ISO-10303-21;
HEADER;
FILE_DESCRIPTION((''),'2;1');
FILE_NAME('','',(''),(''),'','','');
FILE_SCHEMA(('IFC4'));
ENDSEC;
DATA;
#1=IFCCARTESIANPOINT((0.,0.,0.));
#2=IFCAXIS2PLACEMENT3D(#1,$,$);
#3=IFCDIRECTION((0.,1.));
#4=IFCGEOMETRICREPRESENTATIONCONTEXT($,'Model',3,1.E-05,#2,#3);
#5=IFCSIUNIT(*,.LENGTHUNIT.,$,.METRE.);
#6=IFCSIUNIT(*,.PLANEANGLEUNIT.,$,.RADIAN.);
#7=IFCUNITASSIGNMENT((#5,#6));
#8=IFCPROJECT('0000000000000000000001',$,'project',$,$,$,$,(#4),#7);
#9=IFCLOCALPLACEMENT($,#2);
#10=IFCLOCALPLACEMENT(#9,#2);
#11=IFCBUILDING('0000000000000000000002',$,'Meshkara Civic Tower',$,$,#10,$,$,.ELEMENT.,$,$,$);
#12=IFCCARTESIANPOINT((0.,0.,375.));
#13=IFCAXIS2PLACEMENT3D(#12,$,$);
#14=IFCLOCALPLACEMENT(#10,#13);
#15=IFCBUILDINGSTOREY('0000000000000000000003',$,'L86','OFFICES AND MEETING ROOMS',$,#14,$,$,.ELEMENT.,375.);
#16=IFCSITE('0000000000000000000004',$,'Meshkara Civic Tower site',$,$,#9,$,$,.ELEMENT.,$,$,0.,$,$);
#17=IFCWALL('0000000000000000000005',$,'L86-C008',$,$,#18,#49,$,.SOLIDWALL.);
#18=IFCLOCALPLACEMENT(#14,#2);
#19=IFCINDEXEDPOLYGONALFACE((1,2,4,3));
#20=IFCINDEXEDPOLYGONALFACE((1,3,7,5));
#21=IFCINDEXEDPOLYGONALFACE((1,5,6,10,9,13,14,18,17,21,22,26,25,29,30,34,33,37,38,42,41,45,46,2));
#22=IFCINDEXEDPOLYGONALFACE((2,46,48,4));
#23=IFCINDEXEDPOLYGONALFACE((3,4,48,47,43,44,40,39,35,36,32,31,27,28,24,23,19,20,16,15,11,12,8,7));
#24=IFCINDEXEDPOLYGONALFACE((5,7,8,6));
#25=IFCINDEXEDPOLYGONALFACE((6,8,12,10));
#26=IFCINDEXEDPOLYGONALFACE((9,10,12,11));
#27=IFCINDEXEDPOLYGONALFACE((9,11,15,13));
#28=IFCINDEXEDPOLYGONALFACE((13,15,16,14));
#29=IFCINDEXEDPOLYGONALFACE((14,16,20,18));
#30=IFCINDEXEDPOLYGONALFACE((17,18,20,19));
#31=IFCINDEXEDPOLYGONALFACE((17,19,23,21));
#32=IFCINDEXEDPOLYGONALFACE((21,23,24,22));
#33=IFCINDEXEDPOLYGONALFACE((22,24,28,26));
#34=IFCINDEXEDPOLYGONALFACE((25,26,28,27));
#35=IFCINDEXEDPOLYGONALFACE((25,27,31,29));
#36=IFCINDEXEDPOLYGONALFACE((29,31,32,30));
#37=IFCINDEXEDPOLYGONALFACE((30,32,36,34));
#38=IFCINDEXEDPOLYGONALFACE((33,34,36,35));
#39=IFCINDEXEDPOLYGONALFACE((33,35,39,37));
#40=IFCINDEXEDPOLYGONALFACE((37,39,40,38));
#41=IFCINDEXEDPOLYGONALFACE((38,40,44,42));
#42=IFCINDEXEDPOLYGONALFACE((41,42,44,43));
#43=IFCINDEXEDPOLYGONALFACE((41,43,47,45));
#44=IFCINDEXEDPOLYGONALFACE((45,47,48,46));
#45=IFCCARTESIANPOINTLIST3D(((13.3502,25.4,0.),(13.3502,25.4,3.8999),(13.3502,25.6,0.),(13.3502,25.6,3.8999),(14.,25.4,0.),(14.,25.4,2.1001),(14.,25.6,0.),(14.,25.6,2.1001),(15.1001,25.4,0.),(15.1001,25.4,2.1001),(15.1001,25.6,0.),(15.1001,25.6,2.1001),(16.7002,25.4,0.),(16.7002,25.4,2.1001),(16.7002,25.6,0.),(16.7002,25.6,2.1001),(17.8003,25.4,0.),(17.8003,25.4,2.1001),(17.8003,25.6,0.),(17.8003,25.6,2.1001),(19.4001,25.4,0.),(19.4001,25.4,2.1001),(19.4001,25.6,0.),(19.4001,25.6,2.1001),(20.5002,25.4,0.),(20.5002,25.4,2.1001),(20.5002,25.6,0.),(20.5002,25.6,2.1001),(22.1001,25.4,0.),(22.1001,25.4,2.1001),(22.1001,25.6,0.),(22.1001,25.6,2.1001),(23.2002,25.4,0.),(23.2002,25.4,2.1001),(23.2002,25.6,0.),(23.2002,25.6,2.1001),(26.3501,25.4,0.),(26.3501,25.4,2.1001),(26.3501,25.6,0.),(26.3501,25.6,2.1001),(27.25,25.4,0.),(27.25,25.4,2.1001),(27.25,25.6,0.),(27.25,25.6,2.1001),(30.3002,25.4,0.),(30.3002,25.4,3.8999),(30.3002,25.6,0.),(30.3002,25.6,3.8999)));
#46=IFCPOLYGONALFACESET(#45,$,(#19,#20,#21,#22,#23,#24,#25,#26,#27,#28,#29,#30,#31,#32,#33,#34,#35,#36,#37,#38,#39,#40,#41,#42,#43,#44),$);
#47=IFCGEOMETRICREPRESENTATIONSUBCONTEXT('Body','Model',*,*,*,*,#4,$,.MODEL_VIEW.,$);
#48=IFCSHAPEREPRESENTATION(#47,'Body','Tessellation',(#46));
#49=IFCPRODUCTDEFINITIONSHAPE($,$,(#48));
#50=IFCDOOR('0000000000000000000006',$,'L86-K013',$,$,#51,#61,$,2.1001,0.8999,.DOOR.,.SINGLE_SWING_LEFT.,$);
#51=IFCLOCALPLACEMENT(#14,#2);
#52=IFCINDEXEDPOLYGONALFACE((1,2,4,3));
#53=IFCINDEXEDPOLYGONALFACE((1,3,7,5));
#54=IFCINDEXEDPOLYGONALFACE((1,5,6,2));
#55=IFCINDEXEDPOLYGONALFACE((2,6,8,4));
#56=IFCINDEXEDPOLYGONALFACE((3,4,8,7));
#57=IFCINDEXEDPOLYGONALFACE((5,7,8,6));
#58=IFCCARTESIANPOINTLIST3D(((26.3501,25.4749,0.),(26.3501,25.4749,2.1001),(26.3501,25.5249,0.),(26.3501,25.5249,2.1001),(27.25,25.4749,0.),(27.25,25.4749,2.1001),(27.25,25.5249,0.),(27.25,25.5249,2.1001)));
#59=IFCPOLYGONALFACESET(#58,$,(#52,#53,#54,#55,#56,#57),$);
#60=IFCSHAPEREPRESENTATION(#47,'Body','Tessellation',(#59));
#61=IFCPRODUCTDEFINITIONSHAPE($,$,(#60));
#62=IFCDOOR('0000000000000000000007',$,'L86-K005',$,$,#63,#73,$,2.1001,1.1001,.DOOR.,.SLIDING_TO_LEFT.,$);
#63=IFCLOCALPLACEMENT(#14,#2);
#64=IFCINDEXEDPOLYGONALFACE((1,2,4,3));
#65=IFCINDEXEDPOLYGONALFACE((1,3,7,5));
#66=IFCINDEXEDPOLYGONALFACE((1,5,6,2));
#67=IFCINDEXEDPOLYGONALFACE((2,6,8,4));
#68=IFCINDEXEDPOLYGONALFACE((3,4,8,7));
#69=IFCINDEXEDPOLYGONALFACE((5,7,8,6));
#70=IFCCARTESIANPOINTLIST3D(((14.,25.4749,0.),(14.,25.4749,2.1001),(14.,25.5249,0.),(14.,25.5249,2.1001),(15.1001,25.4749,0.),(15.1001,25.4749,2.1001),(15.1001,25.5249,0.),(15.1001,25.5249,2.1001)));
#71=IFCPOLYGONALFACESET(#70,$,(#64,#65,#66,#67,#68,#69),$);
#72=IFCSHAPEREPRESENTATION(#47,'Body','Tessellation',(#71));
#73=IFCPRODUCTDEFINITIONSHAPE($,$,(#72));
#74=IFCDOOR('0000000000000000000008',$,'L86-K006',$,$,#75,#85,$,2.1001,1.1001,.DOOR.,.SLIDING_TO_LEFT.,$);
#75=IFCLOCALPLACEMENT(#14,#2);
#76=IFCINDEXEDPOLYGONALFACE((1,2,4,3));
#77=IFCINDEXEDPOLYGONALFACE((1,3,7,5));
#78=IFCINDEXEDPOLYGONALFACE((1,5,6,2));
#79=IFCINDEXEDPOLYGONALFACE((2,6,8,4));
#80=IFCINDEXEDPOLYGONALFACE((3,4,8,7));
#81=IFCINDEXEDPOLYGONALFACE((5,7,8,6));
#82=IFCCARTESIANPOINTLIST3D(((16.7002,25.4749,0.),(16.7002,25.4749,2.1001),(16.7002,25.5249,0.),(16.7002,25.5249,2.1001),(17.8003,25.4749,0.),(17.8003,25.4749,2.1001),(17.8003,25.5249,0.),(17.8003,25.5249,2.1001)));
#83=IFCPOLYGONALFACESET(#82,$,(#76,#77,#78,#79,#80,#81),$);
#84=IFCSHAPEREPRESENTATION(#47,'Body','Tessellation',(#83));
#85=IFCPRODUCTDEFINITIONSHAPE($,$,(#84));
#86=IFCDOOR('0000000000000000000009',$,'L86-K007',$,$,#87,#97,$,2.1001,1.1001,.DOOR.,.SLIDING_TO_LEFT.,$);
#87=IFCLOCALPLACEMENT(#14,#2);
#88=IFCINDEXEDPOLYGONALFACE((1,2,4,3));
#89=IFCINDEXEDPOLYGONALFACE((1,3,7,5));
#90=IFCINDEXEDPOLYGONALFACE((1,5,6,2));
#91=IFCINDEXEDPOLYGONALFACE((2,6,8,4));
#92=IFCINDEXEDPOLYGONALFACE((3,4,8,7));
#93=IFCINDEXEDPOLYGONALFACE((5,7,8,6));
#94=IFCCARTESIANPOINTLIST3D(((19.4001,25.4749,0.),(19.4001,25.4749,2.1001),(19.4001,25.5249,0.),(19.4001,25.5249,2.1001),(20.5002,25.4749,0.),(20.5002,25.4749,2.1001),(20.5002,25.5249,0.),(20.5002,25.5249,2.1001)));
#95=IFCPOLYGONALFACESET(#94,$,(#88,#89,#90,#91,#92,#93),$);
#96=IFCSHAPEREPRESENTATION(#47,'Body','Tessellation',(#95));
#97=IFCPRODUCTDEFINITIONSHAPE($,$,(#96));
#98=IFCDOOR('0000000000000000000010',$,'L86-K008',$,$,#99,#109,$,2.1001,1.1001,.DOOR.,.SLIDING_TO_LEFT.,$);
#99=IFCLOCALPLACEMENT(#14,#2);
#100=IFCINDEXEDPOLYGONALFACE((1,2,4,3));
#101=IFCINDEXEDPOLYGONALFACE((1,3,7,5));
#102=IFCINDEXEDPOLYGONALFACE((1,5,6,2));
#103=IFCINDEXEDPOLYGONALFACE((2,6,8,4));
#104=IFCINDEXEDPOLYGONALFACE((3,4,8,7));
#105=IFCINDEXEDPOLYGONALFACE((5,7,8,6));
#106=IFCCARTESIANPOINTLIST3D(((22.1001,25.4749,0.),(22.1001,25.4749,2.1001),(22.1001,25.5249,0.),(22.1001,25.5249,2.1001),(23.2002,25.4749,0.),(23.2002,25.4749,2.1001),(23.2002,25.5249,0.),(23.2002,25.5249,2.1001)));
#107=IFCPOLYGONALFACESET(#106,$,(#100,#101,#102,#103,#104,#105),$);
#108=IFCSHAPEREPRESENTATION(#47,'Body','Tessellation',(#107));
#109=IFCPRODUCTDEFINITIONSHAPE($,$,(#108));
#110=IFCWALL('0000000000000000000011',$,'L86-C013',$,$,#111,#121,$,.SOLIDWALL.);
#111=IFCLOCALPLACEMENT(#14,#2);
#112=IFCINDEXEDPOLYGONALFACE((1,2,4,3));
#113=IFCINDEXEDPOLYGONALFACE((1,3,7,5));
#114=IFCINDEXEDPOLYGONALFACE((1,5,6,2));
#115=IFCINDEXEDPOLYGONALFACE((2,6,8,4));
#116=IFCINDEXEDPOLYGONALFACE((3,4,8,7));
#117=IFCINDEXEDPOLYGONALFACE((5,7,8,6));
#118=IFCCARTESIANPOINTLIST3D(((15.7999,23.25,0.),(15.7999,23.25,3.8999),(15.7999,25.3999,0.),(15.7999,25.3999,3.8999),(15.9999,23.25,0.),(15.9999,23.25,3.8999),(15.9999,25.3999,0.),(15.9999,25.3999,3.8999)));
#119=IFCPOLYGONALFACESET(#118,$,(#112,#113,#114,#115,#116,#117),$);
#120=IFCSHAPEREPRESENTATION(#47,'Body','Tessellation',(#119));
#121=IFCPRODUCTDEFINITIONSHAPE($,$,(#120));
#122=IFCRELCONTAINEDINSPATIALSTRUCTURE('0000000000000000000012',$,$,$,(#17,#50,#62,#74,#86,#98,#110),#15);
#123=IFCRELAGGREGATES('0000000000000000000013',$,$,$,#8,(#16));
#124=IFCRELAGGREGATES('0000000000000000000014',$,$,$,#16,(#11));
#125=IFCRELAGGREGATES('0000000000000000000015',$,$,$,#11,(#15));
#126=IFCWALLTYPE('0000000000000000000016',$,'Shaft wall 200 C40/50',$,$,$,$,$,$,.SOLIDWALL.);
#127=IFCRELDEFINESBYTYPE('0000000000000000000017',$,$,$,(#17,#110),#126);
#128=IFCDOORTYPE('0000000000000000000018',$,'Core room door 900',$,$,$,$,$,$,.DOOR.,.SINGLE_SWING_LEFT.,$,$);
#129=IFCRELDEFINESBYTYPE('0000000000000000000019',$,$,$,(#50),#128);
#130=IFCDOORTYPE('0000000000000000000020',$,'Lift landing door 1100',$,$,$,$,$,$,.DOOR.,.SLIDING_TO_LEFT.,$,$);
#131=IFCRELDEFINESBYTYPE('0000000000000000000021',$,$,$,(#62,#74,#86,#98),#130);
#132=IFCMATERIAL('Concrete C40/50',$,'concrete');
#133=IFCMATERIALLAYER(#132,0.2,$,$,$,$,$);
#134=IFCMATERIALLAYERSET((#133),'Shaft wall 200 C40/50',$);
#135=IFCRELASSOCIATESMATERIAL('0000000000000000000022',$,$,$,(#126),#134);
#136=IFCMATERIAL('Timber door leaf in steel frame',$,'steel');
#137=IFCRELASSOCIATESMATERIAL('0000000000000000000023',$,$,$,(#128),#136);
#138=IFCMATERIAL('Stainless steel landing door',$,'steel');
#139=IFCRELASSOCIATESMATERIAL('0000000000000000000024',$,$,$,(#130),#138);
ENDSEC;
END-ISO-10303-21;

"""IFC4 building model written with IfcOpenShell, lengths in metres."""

from ifc_helpers import new_model, si_unit, direction, frame, frame_2d, origin, place, context, subcontext, project, spatial, rectangle, extrude, material, layer, layer_set, type_object, element, fill, save


model = new_model("IFC4")

# Units and contexts
model_context = context("Model", 3, precision=1e-05, world=origin(), true_north=direction((0.0, 1.0)))
body_context = subcontext(model_context, "Body", "Model", "MODEL_VIEW")
ifc_project = project(units=[si_unit("LENGTHUNIT", "METRE"), si_unit("PLANEANGLEUNIT", "RADIAN")], contexts=[model_context])

# Site, building, storey
site_placement = place(None, origin())
site = spatial("IfcSite", under=ifc_project, at=site_placement, Name="Meshkara Civic Tower site", CompositionType="ELEMENT", RefElevation=0.0)
building_placement = place(site_placement, origin())
building = spatial("IfcBuilding", under=site, at=building_placement, Name="Meshkara Civic Tower", CompositionType="ELEMENT")
storey_placement = place(building_placement, frame((0.0, 0.0, 375.0)))
storey = spatial("IfcBuildingStorey", under=building, at=storey_placement, Name="L86", Description="OFFICES AND MEETING ROOMS", CompositionType="ELEMENT", Elevation=375.0)

# Wall, openings, doors
ifc_material_1 = material(Name="Concrete C40/50", Category="concrete")
ifc_layer_1 = layer(ifc_material_1, 0.2)
ifc_layer_set_1 = layer_set([ifc_layer_1], Name="Shaft wall 200 C40/50")
wall_type_1 = type_object("IfcWallType", Name="Shaft wall 200 C40/50", PredefinedType="SOLIDWALL", material=ifc_layer_set_1)
wall_1_placement = place(storey_placement, frame((13.3501, 25.5, 0.0), z_axis=(0.0, 0.0, 1.0), x_axis=(1.0, 0.0, 0.0)))
wall_1 = element("IfcWall", 1, at=wall_1_placement, inside=storey, type_object=wall_type_1, Name="L86-C008", PredefinedType="SOLIDWALL", context=body_context, shape_type="SweptSolid", body=[
    extrude(rectangle(XDim=16.95, YDim=0.2, at=frame_2d((8.4751, 0.0))), origin(), (0.0, 0.0, 1.0), 3.8999),
])
opening_1_placement = place(wall_1_placement, frame((0.6499, 0.0, 0.0)))
opening_1 = element("IfcOpeningElement", 2, at=opening_1_placement, cuts=wall_1, PredefinedType="OPENING", context=body_context, shape_type="SweptSolid", body=[
    extrude(rectangle(XDim=1.1001, YDim=2.1001, at=frame_2d((0.55, 1.05))), frame((0.0, 0.1099, 0.0), z_axis=(0.0, -1.0, 0.0), x_axis=(1.0, 0.0, 0.0)), (0.0, 0.0, 1.0), 0.22),
])
opening_2_placement = place(wall_1_placement, frame((3.3501, 0.0, 0.0)))
opening_2 = element("IfcOpeningElement", 3, at=opening_2_placement, cuts=wall_1, PredefinedType="OPENING", context=body_context, shape_type="SweptSolid", body=[
    extrude(rectangle(XDim=1.1001, YDim=2.1001, at=frame_2d((0.55, 1.05))), frame((0.0, 0.1099, 0.0), z_axis=(0.0, -1.0, 0.0), x_axis=(1.0, 0.0, 0.0)), (0.0, 0.0, 1.0), 0.22),
])
opening_3_placement = place(wall_1_placement, frame((6.05, 0.0, 0.0)))
opening_3 = element("IfcOpeningElement", 4, at=opening_3_placement, cuts=wall_1, PredefinedType="OPENING", context=body_context, shape_type="SweptSolid", body=[
    extrude(rectangle(XDim=1.1001, YDim=2.1001, at=frame_2d((0.55, 1.05))), frame((0.0, 0.1099, 0.0), z_axis=(0.0, -1.0, 0.0), x_axis=(1.0, 0.0, 0.0)), (0.0, 0.0, 1.0), 0.22),
])
opening_4_placement = place(wall_1_placement, frame((8.75, 0.0, 0.0)))
opening_4 = element("IfcOpeningElement", 5, at=opening_4_placement, cuts=wall_1, PredefinedType="OPENING", context=body_context, shape_type="SweptSolid", body=[
    extrude(rectangle(XDim=1.1001, YDim=2.1001, at=frame_2d((0.55, 1.05))), frame((0.0, 0.1099, 0.0), z_axis=(0.0, -1.0, 0.0), x_axis=(1.0, 0.0, 0.0)), (0.0, 0.0, 1.0), 0.22),
])
opening_5_placement = place(wall_1_placement, frame((13.0, 0.0, 0.0)))
opening_5 = element("IfcOpeningElement", 6, at=opening_5_placement, cuts=wall_1, PredefinedType="OPENING", context=body_context, shape_type="SweptSolid", body=[
    extrude(rectangle(XDim=0.8999, YDim=2.1001, at=frame_2d((0.45, 1.05))), frame((0.0, 0.1099, 0.0), z_axis=(0.0, -1.0, 0.0), x_axis=(1.0, 0.0, 0.0)), (0.0, 0.0, 1.0), 0.22),
])
ifc_material_2 = material(Name="Timber door leaf in steel frame", Category="steel")
door_type_1 = type_object("IfcDoorType", Name="Core room door 900", OperationType="SINGLE_SWING_LEFT", PredefinedType="DOOR", material=ifc_material_2)
door_1_placement = place(opening_5_placement, origin())
door_1 = element("IfcDoor", 7, at=door_1_placement, inside=storey, type_object=door_type_1, Name="L86-K013", OperationType="SINGLE_SWING_LEFT", OverallHeight=2.1001, OverallWidth=0.8999, PredefinedType="DOOR", context=body_context, shape_type="SweptSolid", body=[
    extrude(rectangle(XDim=0.8999, YDim=2.1001, at=frame_2d((0.45, 1.05))), frame((0.0, 0.0249, 0.0), z_axis=(0.0, -1.0, 0.0), x_axis=(1.0, 0.0, 0.0)), (0.0, 0.0, 1.0), 0.05),
])
fill(opening_5, door_1)
ifc_material_3 = material(Name="Stainless steel landing door", Category="steel")
door_type_2 = type_object("IfcDoorType", Name="Lift landing door 1100", OperationType="SLIDING_TO_LEFT", PredefinedType="DOOR", material=ifc_material_3)
door_2_placement = place(opening_1_placement, origin())
door_2 = element("IfcDoor", 8, at=door_2_placement, inside=storey, type_object=door_type_2, Name="L86-K005", OperationType="SLIDING_TO_LEFT", OverallHeight=2.1001, OverallWidth=1.1001, PredefinedType="DOOR", context=body_context, shape_type="SweptSolid", body=[
    extrude(rectangle(XDim=1.1001, YDim=2.1001, at=frame_2d((0.55, 1.05))), frame((0.0, 0.0249, 0.0), z_axis=(0.0, -1.0, 0.0), x_axis=(1.0, 0.0, 0.0)), (0.0, 0.0, 1.0), 0.05),
])
fill(opening_1, door_2)
door_3_placement = place(opening_2_placement, origin())
door_3 = element("IfcDoor", 9, at=door_3_placement, inside=storey, type_object=door_type_2, Name="L86-K006", OperationType="SLIDING_TO_LEFT", OverallHeight=2.1001, OverallWidth=1.1001, PredefinedType="DOOR", context=body_context, shape_type="SweptSolid", body=[
    extrude(rectangle(XDim=1.1001, YDim=2.1001, at=frame_2d((0.55, 1.05))), frame((0.0, 0.0249, 0.0), z_axis=(0.0, -1.0, 0.0), x_axis=(1.0, 0.0, 0.0)), (0.0, 0.0, 1.0), 0.05),
])
fill(opening_2, door_3)
door_4_placement = place(opening_3_placement, origin())
door_4 = element("IfcDoor", 10, at=door_4_placement, inside=storey, type_object=door_type_2, Name="L86-K007", OperationType="SLIDING_TO_LEFT", OverallHeight=2.1001, OverallWidth=1.1001, PredefinedType="DOOR", context=body_context, shape_type="SweptSolid", body=[
    extrude(rectangle(XDim=1.1001, YDim=2.1001, at=frame_2d((0.55, 1.05))), frame((0.0, 0.0249, 0.0), z_axis=(0.0, -1.0, 0.0), x_axis=(1.0, 0.0, 0.0)), (0.0, 0.0, 1.0), 0.05),
])
fill(opening_3, door_4)
door_5_placement = place(opening_4_placement, origin())
door_5 = element("IfcDoor", 11, at=door_5_placement, inside=storey, type_object=door_type_2, Name="L86-K008", OperationType="SLIDING_TO_LEFT", OverallHeight=2.1001, OverallWidth=1.1001, PredefinedType="DOOR", context=body_context, shape_type="SweptSolid", body=[
    extrude(rectangle(XDim=1.1001, YDim=2.1001, at=frame_2d((0.55, 1.05))), frame((0.0, 0.0249, 0.0), z_axis=(0.0, -1.0, 0.0), x_axis=(1.0, 0.0, 0.0)), (0.0, 0.0, 1.0), 0.05),
])
fill(opening_4, door_5)

# Wall
wall_2_placement = place(storey_placement, frame((15.8999, 23.25, 0.0), z_axis=(0.0, 0.0, 1.0), x_axis=(0.0, 1.0, 0.0)))
element("IfcWall", 12, at=wall_2_placement, inside=storey, type_object=wall_type_1, Name="L86-C013", PredefinedType="SOLIDWALL", context=body_context, shape_type="SweptSolid", body=[
    extrude(rectangle(XDim=2.1499, YDim=0.2, at=frame_2d((1.075, 0.0))), origin(), (0.0, 0.0, 1.0), 3.8999),
])

save(model, "model.ifc")
